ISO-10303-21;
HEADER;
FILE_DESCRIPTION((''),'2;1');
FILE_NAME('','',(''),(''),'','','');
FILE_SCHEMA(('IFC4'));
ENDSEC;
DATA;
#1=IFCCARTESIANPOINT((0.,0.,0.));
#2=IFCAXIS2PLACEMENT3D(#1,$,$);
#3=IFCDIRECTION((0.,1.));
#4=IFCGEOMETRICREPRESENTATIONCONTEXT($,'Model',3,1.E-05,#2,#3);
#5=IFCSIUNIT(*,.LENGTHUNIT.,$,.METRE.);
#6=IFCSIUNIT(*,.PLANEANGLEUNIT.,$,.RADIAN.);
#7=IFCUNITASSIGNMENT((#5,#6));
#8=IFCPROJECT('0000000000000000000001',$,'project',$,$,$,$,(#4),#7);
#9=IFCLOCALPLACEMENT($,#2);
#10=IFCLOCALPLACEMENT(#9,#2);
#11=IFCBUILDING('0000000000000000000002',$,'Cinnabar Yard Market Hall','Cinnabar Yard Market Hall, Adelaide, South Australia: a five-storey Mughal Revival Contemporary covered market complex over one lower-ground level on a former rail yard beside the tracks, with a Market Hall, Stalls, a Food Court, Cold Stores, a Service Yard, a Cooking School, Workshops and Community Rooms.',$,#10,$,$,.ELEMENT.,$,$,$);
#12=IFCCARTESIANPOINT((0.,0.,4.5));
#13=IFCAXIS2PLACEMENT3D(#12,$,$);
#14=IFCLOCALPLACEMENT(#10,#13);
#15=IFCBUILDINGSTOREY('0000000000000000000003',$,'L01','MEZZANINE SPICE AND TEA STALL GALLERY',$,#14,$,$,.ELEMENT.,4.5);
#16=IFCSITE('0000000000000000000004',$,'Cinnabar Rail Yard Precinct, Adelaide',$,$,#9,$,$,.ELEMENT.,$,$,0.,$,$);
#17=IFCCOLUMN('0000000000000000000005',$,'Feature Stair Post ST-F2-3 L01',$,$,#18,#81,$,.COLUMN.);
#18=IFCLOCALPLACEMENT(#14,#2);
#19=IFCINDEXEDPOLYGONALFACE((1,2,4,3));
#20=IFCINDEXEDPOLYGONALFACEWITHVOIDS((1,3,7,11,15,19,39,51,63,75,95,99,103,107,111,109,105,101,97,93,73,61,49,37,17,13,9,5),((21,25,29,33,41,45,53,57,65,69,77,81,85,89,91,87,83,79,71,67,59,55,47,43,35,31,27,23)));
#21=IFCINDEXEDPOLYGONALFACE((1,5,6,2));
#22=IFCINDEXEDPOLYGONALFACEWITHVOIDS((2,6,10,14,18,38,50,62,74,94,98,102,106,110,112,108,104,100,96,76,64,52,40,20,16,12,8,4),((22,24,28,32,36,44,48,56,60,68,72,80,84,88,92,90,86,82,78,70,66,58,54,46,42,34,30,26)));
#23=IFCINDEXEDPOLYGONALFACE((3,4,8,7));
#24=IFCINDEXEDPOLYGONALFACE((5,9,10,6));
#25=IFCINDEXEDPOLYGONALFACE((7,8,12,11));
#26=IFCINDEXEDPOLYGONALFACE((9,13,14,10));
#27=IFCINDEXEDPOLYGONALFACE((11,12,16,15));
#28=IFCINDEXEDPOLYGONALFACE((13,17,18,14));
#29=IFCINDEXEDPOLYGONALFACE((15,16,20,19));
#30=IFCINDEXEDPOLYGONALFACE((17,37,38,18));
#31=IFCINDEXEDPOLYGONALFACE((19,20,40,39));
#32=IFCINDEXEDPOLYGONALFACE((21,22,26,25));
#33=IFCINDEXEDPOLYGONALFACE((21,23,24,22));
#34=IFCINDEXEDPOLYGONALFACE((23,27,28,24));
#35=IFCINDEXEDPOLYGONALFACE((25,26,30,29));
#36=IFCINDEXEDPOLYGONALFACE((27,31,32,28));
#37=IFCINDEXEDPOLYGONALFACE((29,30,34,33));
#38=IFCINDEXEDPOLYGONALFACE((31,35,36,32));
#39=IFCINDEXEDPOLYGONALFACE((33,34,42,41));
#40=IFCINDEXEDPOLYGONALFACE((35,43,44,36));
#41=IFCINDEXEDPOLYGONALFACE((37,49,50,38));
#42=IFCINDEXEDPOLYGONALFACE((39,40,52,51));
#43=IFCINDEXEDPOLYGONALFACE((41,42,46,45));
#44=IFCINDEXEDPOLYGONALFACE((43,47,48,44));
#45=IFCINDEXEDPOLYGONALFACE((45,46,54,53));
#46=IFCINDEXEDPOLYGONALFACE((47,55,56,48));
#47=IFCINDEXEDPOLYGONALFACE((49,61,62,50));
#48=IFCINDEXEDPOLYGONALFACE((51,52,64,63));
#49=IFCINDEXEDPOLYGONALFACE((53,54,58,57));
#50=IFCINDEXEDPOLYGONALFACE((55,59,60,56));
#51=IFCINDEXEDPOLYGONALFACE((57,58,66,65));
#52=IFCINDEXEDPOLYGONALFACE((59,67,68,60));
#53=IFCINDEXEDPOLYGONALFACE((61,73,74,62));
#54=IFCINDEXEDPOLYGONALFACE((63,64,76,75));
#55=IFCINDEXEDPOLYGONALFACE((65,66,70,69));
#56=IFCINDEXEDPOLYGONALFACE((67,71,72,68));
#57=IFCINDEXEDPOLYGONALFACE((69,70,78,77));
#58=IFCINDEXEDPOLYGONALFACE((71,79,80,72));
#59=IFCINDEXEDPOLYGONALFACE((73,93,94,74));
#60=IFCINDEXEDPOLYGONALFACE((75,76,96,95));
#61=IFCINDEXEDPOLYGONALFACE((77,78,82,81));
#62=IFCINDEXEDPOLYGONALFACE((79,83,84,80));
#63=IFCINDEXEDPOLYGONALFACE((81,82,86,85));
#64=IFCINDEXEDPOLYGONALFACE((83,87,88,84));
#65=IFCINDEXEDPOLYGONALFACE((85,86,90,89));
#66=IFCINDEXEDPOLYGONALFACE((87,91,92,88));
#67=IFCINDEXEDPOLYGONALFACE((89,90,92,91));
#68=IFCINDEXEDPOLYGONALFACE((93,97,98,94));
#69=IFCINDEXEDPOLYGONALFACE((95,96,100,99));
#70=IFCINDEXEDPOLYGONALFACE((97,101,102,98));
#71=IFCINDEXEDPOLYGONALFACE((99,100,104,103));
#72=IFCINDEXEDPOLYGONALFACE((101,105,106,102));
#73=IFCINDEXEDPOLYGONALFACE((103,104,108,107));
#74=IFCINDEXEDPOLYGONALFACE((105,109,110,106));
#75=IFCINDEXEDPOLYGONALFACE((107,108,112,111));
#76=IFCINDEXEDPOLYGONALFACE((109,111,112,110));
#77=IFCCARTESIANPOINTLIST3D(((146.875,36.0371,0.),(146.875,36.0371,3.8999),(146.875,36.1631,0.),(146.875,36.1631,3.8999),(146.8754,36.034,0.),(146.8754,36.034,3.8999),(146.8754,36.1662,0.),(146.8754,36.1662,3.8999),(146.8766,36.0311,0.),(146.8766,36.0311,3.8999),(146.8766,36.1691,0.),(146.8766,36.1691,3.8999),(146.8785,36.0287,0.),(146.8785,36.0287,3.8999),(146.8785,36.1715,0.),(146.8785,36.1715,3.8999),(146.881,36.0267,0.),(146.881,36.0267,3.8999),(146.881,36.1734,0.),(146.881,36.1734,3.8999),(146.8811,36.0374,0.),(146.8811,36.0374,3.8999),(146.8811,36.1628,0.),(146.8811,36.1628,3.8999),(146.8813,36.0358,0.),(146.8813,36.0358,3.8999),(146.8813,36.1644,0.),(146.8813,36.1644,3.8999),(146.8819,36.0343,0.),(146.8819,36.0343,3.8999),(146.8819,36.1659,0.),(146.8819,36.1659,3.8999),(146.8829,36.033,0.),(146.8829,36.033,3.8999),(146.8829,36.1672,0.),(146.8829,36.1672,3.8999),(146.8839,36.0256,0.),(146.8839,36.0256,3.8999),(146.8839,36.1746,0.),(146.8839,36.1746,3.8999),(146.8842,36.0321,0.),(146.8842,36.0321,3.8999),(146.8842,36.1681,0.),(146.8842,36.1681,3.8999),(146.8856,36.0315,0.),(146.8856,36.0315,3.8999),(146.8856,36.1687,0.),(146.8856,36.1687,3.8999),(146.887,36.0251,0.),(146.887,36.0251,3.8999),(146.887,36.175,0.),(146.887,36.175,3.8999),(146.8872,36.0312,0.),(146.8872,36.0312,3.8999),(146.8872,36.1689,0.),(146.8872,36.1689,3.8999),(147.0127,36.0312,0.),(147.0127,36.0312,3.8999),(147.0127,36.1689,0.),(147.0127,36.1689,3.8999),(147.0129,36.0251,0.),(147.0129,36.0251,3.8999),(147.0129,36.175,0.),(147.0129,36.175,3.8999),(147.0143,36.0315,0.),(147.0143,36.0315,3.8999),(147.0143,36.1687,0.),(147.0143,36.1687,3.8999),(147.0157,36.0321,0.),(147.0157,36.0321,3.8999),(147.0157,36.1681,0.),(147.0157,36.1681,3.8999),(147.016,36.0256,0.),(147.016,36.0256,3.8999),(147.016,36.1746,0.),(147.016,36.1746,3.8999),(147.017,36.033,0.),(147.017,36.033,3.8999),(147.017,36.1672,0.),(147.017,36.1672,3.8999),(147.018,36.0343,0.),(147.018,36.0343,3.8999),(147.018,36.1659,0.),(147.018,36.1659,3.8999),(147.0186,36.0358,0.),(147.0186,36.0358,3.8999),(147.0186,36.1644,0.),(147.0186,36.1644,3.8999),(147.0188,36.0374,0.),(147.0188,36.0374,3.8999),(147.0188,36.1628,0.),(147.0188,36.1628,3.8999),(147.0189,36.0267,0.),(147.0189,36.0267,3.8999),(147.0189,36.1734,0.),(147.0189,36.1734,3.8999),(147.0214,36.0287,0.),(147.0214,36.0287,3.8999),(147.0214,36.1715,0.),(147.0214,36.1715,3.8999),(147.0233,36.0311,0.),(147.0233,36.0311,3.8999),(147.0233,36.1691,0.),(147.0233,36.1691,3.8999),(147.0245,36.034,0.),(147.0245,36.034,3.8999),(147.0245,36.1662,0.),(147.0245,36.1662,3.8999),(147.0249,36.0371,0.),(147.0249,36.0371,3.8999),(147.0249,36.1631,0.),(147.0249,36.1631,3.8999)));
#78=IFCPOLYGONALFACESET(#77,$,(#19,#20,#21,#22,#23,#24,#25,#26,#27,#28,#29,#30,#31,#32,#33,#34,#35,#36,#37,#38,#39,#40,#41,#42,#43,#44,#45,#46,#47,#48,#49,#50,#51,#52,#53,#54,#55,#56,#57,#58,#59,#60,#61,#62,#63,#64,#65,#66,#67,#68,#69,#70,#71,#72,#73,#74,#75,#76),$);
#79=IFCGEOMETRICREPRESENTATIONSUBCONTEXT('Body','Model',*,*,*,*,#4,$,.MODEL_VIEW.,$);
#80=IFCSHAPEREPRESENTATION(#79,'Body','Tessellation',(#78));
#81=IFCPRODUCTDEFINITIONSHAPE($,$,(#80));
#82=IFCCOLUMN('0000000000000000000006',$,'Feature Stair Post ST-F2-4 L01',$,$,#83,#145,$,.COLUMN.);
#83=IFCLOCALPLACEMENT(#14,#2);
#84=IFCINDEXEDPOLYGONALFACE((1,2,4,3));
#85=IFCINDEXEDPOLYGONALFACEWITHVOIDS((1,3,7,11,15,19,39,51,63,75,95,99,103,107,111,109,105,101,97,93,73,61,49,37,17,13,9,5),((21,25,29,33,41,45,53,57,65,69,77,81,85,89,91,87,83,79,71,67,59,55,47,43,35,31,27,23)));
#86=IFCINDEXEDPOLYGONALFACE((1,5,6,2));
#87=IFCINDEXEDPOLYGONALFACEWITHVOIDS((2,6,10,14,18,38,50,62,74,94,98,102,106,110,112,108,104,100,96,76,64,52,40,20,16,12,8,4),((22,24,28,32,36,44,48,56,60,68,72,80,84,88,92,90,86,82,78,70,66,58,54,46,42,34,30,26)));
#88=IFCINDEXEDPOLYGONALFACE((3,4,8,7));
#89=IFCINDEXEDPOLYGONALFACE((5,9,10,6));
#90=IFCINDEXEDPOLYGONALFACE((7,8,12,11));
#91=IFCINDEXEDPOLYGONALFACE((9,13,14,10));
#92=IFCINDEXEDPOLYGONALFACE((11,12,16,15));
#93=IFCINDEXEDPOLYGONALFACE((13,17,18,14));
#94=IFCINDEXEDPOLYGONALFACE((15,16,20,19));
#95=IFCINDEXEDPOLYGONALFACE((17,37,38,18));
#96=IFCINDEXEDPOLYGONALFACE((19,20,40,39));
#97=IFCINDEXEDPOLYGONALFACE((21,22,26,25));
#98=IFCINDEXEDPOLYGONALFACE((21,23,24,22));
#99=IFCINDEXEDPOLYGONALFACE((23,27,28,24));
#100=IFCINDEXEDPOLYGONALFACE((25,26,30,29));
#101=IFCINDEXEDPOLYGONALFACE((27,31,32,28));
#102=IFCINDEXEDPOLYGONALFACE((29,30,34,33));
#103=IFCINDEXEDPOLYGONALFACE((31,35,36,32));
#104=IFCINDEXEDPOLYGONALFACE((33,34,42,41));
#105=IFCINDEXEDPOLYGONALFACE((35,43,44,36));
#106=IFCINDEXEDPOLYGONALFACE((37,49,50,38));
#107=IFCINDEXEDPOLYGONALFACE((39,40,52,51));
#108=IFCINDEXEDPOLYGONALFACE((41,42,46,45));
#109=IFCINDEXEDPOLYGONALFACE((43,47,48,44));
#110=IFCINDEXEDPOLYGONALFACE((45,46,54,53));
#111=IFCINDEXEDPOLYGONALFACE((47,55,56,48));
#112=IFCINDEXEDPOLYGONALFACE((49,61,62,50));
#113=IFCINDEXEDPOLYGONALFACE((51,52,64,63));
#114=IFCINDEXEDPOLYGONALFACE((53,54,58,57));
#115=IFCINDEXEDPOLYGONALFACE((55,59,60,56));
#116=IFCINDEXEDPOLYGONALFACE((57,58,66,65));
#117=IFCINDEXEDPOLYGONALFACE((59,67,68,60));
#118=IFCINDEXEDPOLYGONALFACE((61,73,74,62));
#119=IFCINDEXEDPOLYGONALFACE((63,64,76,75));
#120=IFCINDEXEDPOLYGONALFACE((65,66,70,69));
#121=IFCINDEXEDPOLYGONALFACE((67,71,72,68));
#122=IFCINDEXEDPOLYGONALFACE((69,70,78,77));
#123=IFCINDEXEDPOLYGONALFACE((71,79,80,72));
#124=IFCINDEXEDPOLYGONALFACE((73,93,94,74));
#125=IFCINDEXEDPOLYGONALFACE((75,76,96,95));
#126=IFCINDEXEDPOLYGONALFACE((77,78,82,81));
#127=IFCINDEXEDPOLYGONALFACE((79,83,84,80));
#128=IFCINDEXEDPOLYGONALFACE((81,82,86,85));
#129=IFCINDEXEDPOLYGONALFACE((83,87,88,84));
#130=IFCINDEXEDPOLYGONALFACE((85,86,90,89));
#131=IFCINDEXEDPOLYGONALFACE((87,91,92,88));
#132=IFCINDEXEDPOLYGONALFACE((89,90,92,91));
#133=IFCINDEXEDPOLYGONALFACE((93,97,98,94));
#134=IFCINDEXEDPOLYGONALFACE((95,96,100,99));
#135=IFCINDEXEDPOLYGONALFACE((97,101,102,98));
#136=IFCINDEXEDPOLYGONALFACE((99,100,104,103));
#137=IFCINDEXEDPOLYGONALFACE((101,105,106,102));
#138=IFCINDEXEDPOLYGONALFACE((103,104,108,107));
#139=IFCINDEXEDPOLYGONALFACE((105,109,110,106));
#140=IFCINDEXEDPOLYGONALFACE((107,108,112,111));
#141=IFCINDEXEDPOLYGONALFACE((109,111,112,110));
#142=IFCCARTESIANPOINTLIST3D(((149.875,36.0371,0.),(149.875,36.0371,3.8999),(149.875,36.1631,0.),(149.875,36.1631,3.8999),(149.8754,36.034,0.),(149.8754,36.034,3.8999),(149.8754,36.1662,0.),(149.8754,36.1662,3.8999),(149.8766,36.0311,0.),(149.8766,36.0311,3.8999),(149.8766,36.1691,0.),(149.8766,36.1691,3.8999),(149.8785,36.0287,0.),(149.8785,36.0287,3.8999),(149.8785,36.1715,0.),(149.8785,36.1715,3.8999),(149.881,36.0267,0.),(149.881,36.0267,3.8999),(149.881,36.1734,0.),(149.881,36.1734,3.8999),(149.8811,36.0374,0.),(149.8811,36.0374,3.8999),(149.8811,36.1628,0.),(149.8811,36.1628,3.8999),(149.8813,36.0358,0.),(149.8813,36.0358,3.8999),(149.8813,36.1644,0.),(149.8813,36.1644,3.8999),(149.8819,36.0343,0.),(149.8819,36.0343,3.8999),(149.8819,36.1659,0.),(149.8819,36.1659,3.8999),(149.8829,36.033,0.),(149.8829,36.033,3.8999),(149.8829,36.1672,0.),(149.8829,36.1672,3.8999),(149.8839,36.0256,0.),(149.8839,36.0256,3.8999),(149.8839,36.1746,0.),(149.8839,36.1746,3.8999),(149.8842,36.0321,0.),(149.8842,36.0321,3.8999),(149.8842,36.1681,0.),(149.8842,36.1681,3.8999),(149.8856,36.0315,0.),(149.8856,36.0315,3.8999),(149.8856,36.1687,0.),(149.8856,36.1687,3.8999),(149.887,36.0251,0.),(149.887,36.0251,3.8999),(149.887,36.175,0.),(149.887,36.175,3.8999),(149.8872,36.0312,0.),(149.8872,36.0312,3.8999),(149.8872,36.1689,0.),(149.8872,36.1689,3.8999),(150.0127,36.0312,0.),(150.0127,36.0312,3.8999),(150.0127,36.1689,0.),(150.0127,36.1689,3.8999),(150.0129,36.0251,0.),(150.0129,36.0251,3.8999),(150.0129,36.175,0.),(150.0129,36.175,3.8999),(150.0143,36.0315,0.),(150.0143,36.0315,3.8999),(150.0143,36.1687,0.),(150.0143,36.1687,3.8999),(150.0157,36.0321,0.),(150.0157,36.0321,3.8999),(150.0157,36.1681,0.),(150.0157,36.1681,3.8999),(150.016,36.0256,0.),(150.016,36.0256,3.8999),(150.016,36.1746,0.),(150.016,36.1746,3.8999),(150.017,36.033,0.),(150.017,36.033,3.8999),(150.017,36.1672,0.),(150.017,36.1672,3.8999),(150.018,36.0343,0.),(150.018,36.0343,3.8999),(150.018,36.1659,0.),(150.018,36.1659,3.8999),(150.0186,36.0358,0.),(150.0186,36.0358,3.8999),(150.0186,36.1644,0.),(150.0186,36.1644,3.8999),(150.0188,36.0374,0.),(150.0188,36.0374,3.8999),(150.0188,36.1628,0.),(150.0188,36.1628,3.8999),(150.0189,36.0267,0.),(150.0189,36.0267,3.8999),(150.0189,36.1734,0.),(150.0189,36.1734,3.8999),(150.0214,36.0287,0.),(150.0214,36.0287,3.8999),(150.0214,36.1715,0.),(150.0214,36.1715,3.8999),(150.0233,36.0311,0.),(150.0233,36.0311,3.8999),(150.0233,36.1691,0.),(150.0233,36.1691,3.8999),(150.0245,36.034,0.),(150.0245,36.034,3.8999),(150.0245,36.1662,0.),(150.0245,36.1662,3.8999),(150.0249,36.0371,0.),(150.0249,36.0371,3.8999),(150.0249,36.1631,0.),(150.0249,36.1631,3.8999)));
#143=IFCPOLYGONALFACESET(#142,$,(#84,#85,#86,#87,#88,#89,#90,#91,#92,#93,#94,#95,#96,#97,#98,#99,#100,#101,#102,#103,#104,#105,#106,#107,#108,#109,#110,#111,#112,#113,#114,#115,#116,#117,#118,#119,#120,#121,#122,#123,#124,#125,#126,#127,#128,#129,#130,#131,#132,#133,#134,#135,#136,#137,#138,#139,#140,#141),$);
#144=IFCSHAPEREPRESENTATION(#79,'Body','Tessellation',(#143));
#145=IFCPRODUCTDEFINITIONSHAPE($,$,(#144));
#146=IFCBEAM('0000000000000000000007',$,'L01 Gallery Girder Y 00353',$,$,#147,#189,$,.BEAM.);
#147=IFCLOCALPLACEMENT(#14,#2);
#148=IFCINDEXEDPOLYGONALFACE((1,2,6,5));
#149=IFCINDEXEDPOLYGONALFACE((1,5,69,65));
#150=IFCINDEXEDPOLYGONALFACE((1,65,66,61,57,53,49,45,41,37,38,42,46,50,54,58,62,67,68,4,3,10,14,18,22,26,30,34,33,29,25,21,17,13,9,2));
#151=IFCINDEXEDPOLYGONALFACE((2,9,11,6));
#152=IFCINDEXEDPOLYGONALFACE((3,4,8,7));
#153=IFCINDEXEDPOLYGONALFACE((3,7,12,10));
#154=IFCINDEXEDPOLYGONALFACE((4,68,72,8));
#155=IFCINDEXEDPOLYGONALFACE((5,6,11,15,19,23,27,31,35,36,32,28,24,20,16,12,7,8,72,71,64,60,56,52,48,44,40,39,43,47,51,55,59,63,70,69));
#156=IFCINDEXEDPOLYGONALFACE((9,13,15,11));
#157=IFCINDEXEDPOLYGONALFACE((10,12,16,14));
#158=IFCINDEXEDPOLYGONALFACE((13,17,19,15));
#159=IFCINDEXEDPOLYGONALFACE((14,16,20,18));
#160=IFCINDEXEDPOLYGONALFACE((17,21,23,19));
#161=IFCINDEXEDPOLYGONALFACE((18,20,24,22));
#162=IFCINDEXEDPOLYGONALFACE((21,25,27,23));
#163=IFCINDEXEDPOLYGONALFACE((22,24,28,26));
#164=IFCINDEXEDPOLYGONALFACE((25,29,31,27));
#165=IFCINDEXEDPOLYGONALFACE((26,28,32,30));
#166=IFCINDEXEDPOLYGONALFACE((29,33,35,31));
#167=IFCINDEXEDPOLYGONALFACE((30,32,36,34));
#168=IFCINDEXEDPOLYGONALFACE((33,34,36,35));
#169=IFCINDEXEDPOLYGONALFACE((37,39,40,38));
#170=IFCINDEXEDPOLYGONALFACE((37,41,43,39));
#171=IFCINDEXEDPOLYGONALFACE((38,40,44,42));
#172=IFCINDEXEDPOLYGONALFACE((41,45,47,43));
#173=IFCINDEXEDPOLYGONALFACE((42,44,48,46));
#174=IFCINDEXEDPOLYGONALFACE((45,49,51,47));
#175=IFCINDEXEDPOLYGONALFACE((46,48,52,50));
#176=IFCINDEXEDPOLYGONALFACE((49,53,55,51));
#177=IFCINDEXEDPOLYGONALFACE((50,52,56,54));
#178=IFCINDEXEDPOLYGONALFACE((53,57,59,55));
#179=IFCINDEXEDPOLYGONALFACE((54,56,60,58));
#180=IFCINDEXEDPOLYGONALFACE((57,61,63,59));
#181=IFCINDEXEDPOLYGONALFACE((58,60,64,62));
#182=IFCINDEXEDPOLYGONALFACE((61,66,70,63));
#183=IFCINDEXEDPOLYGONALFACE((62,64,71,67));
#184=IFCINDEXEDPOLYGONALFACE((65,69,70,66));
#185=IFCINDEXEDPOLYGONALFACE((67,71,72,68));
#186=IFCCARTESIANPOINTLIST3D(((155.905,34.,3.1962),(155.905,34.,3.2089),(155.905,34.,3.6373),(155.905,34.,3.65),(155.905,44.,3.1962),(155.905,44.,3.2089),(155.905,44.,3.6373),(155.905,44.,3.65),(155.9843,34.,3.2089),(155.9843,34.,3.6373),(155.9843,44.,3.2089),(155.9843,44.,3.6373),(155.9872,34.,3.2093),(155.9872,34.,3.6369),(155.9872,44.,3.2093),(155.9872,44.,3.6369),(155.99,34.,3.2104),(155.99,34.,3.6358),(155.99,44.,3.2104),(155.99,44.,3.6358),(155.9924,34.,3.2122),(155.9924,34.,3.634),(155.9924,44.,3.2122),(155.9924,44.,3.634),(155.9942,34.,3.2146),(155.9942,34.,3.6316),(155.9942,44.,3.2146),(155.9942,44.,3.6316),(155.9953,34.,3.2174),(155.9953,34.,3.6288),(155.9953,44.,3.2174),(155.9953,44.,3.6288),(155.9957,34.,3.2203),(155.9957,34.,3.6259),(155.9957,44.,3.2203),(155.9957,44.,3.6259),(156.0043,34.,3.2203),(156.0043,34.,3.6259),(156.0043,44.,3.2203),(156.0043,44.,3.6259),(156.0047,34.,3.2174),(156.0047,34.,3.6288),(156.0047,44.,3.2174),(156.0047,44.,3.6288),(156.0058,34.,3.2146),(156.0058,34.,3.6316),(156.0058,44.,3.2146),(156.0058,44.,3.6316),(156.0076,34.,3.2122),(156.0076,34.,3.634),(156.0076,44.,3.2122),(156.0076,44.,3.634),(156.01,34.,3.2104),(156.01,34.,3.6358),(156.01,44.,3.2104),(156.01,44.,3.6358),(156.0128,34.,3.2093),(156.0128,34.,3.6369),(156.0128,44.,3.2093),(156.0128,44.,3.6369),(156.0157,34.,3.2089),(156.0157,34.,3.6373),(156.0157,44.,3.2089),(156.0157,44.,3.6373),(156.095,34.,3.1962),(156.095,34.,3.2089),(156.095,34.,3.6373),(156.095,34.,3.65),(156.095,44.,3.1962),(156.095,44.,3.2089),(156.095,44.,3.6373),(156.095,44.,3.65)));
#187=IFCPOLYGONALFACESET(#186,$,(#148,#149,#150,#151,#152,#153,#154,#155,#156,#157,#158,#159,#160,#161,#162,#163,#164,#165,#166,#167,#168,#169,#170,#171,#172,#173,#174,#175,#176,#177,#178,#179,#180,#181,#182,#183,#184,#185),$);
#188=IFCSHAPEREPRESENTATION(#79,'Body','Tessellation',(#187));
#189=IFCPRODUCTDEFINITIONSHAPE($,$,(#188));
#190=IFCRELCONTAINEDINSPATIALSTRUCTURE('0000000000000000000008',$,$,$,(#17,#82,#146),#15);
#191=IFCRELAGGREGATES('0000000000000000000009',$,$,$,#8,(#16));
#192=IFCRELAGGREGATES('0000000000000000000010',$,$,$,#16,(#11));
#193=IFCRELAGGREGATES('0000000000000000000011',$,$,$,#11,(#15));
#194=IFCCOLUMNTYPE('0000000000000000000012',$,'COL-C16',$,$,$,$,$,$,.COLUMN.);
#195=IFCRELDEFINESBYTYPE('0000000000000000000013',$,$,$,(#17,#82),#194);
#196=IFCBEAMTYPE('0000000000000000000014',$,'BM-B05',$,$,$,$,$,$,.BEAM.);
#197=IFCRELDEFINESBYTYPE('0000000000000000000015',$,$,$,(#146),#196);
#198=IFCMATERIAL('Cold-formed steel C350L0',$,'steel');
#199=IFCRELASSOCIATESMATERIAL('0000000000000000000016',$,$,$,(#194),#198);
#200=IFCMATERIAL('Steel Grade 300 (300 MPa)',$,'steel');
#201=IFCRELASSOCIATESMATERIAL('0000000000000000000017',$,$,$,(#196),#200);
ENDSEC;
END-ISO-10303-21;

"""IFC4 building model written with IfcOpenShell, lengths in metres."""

from ifc_helpers import new_model, si_unit, direction, frame, origin, origin_2d_with_axis, place, context, subcontext, project, spatial, hollow_rectangle, i_section, extrude, material, material_profile, profile_set, type_object, element, save


model = new_model("IFC4")

# Units and contexts
model_context = context("Model", 3, precision=1e-05, world=origin(), true_north=direction((0.0, 1.0)))
body_context = subcontext(model_context, "Body", "Model", "MODEL_VIEW")
ifc_project = project(units=[si_unit("LENGTHUNIT", "METRE"), si_unit("PLANEANGLEUNIT", "RADIAN")], contexts=[model_context])

# Site, building, storey
site_placement = place(None, origin())
site = spatial("IfcSite", under=ifc_project, at=site_placement, Name="Cinnabar Rail Yard Precinct, Adelaide", CompositionType="ELEMENT", RefElevation=0.0)
building_placement = place(site_placement, origin())
building = spatial("IfcBuilding", under=site, at=building_placement, Name="Cinnabar Yard Market Hall", Description="Cinnabar Yard Market Hall, Adelaide, South Australia: a five-storey Mughal Revival Contemporary covered market complex over one lower-ground level on a former rail yard beside the tracks, with a Market Hall, Stalls, a Food Court, Cold Stores, a Service Yard, a Cooking School, Workshops and Community Rooms.", CompositionType="ELEMENT")
storey_placement = place(building_placement, frame((0.0, 0.0, 4.5)))
storey = spatial("IfcBuildingStorey", under=building, at=storey_placement, Name="L01", Description="MEZZANINE SPICE AND TEA STALL GALLERY", CompositionType="ELEMENT", Elevation=4.5)

# Columns
ifc_material_1 = material(Name="Cold-formed steel C350L0", Category="steel")
ifc_material_profile_1 = material_profile(ifc_material_1, hollow_rectangle(XDim=0.1499, YDim=0.1499, WallThickness=0.0061, InnerFilletRadius=0.0061, OuterFilletRadius=0.012, at=origin_2d_with_axis()), Name="150x150x6.0SHS")
ifc_profile_set_1 = profile_set([ifc_material_profile_1], Name="Cold-formed steel C350L0")
column_type_1 = type_object("IfcColumnType", Name="COL-C16", PredefinedType="COLUMN", material=ifc_profile_set_1)
for number, where, z_axis, x_axis, name in (
    (1, (146.95, 36.1001, 0.0), (0.0, 0.0, 1.0), (1.0, 0.0, 0.0), "Feature Stair Post ST-F2-3 L01"),
    (2, (149.95, 36.1001, 0.0), (0.0, 0.0, 1.0), (1.0, 0.0, 0.0), "Feature Stair Post ST-F2-4 L01"),
):
    element("IfcColumn", number, at=place(storey_placement, frame(where, z_axis=z_axis, x_axis=x_axis)), inside=storey, type_object=column_type_1, Name=name, PredefinedType="COLUMN", context=body_context, shape_type="SweptSolid", body=[
        extrude(hollow_rectangle(XDim=0.1499, YDim=0.1499, WallThickness=0.0061, InnerFilletRadius=0.0061, OuterFilletRadius=0.012, at=origin_2d_with_axis()), origin(), (0.0, 0.0, 1.0), 3.8999),
    ])

# Beam
ifc_material_2 = material(Name="Steel Grade 300 (300 MPa)", Category="steel")
ifc_material_profile_2 = material_profile(ifc_material_2, i_section(OverallWidth=0.1899, OverallDepth=0.4539, WebThickness=0.0085, FlangeThickness=0.0127, FilletRadius=0.0115, at=origin_2d_with_axis()), Name="460UB67.1")
ifc_profile_set_2 = profile_set([ifc_material_profile_2], Name="Steel Grade 300 (300 MPa)")
beam_type_1 = type_object("IfcBeamType", Name="BM-B05", PredefinedType="BEAM", material=ifc_profile_set_2)
beam_1_placement = place(storey_placement, frame((156.0, 34.0, 3.4231), z_axis=(0.0, 1.0, 0.0), x_axis=(-1.0, 0.0, 0.0)))
element("IfcBeam", 3, at=beam_1_placement, inside=storey, type_object=beam_type_1, Name="L01 Gallery Girder Y 00353", PredefinedType="BEAM", context=body_context, shape_type="SweptSolid", body=[
    extrude(i_section(OverallWidth=0.1899, OverallDepth=0.4539, WebThickness=0.0085, FlangeThickness=0.0127, FilletRadius=0.0115, at=origin_2d_with_axis()), origin(), (0.0, 0.0, 1.0), 10.0),
])

save(model, "model.ifc")
